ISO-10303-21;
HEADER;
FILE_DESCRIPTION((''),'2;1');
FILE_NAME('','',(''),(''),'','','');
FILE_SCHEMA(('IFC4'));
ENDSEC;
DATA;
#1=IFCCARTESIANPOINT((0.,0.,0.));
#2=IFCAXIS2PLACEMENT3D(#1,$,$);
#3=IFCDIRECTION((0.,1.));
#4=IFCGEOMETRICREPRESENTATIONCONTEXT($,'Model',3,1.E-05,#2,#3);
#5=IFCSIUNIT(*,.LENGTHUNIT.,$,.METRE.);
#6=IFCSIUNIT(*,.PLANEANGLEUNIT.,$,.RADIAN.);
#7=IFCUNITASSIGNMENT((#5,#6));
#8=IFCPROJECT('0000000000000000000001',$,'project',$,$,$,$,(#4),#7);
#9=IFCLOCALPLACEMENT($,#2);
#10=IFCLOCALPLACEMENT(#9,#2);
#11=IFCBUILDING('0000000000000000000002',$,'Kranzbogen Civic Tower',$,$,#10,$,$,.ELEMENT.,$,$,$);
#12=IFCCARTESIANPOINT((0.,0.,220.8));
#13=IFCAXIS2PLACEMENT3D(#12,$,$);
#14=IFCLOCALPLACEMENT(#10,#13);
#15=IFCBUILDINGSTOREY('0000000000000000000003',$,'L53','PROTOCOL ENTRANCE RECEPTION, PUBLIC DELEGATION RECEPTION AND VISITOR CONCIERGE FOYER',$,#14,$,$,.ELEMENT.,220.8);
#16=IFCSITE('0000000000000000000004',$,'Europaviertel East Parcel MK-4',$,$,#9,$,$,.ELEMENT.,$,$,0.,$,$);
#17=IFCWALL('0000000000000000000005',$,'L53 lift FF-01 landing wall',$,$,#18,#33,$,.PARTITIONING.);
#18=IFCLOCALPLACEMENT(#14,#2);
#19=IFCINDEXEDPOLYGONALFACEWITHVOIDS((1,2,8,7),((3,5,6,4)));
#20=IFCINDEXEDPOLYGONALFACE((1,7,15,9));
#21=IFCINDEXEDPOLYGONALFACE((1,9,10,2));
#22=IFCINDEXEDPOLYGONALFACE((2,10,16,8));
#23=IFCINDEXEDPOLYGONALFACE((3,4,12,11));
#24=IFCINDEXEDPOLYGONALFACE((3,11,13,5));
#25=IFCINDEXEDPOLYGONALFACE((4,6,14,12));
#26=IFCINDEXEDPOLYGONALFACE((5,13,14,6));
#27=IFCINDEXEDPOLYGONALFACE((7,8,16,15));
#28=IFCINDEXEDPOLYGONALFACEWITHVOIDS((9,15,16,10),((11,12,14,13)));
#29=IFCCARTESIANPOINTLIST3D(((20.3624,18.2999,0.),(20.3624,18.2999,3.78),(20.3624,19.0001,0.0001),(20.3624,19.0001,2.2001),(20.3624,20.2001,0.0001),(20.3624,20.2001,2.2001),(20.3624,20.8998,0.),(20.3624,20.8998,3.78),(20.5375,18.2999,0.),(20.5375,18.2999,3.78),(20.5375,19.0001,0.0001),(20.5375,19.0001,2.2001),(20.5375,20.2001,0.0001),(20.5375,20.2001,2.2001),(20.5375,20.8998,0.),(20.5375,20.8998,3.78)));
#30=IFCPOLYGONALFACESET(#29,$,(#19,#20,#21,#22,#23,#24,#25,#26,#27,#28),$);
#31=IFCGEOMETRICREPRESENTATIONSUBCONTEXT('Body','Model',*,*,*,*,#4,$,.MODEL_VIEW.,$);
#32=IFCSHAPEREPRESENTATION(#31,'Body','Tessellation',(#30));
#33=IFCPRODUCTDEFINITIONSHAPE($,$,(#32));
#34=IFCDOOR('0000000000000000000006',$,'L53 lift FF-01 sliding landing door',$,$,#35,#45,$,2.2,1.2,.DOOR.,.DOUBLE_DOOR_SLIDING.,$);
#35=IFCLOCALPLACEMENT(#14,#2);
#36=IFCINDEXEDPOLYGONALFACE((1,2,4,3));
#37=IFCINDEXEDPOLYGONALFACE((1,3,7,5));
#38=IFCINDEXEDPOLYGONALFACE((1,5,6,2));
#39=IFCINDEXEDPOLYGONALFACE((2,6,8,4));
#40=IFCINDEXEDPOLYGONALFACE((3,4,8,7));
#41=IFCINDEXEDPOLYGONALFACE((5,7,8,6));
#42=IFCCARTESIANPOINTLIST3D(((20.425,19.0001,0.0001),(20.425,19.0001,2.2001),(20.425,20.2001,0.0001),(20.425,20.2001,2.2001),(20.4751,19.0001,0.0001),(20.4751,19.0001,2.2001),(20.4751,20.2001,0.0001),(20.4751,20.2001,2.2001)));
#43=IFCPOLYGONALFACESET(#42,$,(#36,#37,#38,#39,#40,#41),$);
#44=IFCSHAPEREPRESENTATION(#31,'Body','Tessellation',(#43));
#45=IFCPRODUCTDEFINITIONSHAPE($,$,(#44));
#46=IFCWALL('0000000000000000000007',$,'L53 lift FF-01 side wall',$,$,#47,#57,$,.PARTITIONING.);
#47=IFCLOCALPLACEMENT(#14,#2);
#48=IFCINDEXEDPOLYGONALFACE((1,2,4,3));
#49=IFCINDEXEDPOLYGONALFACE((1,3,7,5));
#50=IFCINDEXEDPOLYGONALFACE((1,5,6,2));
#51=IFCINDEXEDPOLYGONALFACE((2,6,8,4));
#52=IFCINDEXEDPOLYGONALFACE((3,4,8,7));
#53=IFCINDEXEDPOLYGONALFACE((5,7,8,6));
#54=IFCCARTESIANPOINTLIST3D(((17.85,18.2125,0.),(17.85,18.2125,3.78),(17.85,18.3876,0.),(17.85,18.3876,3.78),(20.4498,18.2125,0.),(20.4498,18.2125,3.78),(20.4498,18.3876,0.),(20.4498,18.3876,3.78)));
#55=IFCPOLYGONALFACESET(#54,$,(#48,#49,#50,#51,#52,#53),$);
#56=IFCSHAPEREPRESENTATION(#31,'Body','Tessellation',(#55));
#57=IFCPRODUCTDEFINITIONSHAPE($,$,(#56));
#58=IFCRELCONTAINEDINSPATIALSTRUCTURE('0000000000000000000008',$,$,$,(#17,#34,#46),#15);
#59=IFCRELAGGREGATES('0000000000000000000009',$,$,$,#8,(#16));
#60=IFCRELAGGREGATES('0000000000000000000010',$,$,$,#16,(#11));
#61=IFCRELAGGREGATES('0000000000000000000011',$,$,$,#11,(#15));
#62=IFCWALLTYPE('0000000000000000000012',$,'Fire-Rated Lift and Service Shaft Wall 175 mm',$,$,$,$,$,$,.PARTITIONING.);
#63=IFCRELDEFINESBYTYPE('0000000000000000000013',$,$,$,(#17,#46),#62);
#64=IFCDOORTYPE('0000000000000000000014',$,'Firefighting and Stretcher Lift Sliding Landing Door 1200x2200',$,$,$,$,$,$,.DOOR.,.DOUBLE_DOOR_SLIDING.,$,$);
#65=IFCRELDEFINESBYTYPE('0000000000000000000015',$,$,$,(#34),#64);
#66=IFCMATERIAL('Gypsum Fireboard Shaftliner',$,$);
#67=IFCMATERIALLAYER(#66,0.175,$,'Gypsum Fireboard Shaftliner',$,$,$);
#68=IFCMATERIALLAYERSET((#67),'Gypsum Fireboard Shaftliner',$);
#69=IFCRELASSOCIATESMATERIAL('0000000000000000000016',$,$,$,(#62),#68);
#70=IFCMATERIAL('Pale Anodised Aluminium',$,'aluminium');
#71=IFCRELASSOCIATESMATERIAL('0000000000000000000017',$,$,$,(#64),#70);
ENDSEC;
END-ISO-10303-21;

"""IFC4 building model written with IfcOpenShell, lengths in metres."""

from ifc_helpers import new_model, si_unit, direction, frame, frame_2d, origin, place, context, subcontext, project, spatial, rectangle, extrude, material, layer, layer_set, type_object, element, fill, save


model = new_model("IFC4")

# Units and contexts
model_context = context("Model", 3, precision=1e-05, world=origin(), true_north=direction((0.0, 1.0)))
body_context = subcontext(model_context, "Body", "Model", "MODEL_VIEW")
ifc_project = project(units=[si_unit("LENGTHUNIT", "METRE"), si_unit("PLANEANGLEUNIT", "RADIAN")], contexts=[model_context])

# Site, building, storey
site_placement = place(None, origin())
site = spatial("IfcSite", under=ifc_project, at=site_placement, Name="Europaviertel East Parcel MK-4", CompositionType="ELEMENT", RefElevation=0.0)
building_placement = place(site_placement, origin())
building = spatial("IfcBuilding", under=site, at=building_placement, Name="Kranzbogen Civic Tower", CompositionType="ELEMENT")
storey_placement = place(building_placement, frame((0.0, 0.0, 220.8)))
storey = spatial("IfcBuildingStorey", under=building, at=storey_placement, Name="L53", Description="PROTOCOL ENTRANCE RECEPTION, PUBLIC DELEGATION RECEPTION AND VISITOR CONCIERGE FOYER", CompositionType="ELEMENT", Elevation=220.8)

# Wall, opening, door
ifc_material_1 = material(Name="Gypsum Fireboard Shaftliner")
ifc_layer_1 = layer(ifc_material_1, 0.175, Name="Gypsum Fireboard Shaftliner")
ifc_layer_set_1 = layer_set([ifc_layer_1], Name="Gypsum Fireboard Shaftliner")
wall_type_1 = type_object("IfcWallType", Name="Fire-Rated Lift and Service Shaft Wall 175 mm", PredefinedType="PARTITIONING", material=ifc_layer_set_1)
wall_1_placement = place(storey_placement, frame((20.45, 18.3, 0.0), z_axis=(0.0, 0.0, 1.0), x_axis=(0.0, 1.0, 0.0)))
wall_1 = element("IfcWall", 1, at=wall_1_placement, inside=storey, type_object=wall_type_1, Name="L53 lift FF-01 landing wall", PredefinedType="PARTITIONING", context=body_context, shape_type="SweptSolid", body=[
    extrude(rectangle(XDim=2.5999, YDim=0.175, at=frame_2d((1.2998, 0.0))), origin(), (0.0, 0.0, 1.0), 3.78),
])
opening_1_placement = place(wall_1_placement, frame((0.7, 0.0, 0.0)))
opening_1 = element("IfcOpeningElement", 2, at=opening_1_placement, cuts=wall_1, PredefinedType="OPENING", context=body_context, shape_type="SweptSolid", body=[
    extrude(rectangle(XDim=1.2, YDim=2.2, at=frame_2d((0.6001, 1.1001))), frame((0.0, 0.0977, 0.0), z_axis=(0.0, -1.0, 0.0), x_axis=(1.0, 0.0, 0.0)), (0.0, 0.0, 1.0), 0.1951),
])
ifc_material_2 = material(Name="Pale Anodised Aluminium", Category="aluminium")
door_type_1 = type_object("IfcDoorType", Name="Firefighting and Stretcher Lift Sliding Landing Door 1200x2200", OperationType="DOUBLE_DOOR_SLIDING", PredefinedType="DOOR", material=ifc_material_2)
door_1_placement = place(opening_1_placement, origin())
door_1 = element("IfcDoor", 3, at=door_1_placement, inside=storey, type_object=door_type_1, Name="L53 lift FF-01 sliding landing door", OperationType="DOUBLE_DOOR_SLIDING", OverallHeight=2.2, OverallWidth=1.2, PredefinedType="DOOR", context=body_context, shape_type="SweptSolid", body=[
    extrude(rectangle(XDim=1.2, YDim=2.2, at=frame_2d((0.6001, 1.1001))), frame((0.0, 0.0249, 0.0), z_axis=(0.0, -1.0, 0.0), x_axis=(1.0, 0.0, 0.0)), (0.0, 0.0, 1.0), 0.05),
])
fill(opening_1, door_1)

# Wall
wall_2_placement = place(storey_placement, frame((17.8501, 18.3, 0.0), z_axis=(0.0, 0.0, 1.0), x_axis=(1.0, 0.0, 0.0)))
element("IfcWall", 4, at=wall_2_placement, inside=storey, type_object=wall_type_1, Name="L53 lift FF-01 side wall", PredefinedType="PARTITIONING", context=body_context, shape_type="SweptSolid", body=[
    extrude(rectangle(XDim=2.5999, YDim=0.175, at=frame_2d((1.2998, 0.0))), origin(), (0.0, 0.0, 1.0), 3.78),
])

save(model, "model.ifc")
